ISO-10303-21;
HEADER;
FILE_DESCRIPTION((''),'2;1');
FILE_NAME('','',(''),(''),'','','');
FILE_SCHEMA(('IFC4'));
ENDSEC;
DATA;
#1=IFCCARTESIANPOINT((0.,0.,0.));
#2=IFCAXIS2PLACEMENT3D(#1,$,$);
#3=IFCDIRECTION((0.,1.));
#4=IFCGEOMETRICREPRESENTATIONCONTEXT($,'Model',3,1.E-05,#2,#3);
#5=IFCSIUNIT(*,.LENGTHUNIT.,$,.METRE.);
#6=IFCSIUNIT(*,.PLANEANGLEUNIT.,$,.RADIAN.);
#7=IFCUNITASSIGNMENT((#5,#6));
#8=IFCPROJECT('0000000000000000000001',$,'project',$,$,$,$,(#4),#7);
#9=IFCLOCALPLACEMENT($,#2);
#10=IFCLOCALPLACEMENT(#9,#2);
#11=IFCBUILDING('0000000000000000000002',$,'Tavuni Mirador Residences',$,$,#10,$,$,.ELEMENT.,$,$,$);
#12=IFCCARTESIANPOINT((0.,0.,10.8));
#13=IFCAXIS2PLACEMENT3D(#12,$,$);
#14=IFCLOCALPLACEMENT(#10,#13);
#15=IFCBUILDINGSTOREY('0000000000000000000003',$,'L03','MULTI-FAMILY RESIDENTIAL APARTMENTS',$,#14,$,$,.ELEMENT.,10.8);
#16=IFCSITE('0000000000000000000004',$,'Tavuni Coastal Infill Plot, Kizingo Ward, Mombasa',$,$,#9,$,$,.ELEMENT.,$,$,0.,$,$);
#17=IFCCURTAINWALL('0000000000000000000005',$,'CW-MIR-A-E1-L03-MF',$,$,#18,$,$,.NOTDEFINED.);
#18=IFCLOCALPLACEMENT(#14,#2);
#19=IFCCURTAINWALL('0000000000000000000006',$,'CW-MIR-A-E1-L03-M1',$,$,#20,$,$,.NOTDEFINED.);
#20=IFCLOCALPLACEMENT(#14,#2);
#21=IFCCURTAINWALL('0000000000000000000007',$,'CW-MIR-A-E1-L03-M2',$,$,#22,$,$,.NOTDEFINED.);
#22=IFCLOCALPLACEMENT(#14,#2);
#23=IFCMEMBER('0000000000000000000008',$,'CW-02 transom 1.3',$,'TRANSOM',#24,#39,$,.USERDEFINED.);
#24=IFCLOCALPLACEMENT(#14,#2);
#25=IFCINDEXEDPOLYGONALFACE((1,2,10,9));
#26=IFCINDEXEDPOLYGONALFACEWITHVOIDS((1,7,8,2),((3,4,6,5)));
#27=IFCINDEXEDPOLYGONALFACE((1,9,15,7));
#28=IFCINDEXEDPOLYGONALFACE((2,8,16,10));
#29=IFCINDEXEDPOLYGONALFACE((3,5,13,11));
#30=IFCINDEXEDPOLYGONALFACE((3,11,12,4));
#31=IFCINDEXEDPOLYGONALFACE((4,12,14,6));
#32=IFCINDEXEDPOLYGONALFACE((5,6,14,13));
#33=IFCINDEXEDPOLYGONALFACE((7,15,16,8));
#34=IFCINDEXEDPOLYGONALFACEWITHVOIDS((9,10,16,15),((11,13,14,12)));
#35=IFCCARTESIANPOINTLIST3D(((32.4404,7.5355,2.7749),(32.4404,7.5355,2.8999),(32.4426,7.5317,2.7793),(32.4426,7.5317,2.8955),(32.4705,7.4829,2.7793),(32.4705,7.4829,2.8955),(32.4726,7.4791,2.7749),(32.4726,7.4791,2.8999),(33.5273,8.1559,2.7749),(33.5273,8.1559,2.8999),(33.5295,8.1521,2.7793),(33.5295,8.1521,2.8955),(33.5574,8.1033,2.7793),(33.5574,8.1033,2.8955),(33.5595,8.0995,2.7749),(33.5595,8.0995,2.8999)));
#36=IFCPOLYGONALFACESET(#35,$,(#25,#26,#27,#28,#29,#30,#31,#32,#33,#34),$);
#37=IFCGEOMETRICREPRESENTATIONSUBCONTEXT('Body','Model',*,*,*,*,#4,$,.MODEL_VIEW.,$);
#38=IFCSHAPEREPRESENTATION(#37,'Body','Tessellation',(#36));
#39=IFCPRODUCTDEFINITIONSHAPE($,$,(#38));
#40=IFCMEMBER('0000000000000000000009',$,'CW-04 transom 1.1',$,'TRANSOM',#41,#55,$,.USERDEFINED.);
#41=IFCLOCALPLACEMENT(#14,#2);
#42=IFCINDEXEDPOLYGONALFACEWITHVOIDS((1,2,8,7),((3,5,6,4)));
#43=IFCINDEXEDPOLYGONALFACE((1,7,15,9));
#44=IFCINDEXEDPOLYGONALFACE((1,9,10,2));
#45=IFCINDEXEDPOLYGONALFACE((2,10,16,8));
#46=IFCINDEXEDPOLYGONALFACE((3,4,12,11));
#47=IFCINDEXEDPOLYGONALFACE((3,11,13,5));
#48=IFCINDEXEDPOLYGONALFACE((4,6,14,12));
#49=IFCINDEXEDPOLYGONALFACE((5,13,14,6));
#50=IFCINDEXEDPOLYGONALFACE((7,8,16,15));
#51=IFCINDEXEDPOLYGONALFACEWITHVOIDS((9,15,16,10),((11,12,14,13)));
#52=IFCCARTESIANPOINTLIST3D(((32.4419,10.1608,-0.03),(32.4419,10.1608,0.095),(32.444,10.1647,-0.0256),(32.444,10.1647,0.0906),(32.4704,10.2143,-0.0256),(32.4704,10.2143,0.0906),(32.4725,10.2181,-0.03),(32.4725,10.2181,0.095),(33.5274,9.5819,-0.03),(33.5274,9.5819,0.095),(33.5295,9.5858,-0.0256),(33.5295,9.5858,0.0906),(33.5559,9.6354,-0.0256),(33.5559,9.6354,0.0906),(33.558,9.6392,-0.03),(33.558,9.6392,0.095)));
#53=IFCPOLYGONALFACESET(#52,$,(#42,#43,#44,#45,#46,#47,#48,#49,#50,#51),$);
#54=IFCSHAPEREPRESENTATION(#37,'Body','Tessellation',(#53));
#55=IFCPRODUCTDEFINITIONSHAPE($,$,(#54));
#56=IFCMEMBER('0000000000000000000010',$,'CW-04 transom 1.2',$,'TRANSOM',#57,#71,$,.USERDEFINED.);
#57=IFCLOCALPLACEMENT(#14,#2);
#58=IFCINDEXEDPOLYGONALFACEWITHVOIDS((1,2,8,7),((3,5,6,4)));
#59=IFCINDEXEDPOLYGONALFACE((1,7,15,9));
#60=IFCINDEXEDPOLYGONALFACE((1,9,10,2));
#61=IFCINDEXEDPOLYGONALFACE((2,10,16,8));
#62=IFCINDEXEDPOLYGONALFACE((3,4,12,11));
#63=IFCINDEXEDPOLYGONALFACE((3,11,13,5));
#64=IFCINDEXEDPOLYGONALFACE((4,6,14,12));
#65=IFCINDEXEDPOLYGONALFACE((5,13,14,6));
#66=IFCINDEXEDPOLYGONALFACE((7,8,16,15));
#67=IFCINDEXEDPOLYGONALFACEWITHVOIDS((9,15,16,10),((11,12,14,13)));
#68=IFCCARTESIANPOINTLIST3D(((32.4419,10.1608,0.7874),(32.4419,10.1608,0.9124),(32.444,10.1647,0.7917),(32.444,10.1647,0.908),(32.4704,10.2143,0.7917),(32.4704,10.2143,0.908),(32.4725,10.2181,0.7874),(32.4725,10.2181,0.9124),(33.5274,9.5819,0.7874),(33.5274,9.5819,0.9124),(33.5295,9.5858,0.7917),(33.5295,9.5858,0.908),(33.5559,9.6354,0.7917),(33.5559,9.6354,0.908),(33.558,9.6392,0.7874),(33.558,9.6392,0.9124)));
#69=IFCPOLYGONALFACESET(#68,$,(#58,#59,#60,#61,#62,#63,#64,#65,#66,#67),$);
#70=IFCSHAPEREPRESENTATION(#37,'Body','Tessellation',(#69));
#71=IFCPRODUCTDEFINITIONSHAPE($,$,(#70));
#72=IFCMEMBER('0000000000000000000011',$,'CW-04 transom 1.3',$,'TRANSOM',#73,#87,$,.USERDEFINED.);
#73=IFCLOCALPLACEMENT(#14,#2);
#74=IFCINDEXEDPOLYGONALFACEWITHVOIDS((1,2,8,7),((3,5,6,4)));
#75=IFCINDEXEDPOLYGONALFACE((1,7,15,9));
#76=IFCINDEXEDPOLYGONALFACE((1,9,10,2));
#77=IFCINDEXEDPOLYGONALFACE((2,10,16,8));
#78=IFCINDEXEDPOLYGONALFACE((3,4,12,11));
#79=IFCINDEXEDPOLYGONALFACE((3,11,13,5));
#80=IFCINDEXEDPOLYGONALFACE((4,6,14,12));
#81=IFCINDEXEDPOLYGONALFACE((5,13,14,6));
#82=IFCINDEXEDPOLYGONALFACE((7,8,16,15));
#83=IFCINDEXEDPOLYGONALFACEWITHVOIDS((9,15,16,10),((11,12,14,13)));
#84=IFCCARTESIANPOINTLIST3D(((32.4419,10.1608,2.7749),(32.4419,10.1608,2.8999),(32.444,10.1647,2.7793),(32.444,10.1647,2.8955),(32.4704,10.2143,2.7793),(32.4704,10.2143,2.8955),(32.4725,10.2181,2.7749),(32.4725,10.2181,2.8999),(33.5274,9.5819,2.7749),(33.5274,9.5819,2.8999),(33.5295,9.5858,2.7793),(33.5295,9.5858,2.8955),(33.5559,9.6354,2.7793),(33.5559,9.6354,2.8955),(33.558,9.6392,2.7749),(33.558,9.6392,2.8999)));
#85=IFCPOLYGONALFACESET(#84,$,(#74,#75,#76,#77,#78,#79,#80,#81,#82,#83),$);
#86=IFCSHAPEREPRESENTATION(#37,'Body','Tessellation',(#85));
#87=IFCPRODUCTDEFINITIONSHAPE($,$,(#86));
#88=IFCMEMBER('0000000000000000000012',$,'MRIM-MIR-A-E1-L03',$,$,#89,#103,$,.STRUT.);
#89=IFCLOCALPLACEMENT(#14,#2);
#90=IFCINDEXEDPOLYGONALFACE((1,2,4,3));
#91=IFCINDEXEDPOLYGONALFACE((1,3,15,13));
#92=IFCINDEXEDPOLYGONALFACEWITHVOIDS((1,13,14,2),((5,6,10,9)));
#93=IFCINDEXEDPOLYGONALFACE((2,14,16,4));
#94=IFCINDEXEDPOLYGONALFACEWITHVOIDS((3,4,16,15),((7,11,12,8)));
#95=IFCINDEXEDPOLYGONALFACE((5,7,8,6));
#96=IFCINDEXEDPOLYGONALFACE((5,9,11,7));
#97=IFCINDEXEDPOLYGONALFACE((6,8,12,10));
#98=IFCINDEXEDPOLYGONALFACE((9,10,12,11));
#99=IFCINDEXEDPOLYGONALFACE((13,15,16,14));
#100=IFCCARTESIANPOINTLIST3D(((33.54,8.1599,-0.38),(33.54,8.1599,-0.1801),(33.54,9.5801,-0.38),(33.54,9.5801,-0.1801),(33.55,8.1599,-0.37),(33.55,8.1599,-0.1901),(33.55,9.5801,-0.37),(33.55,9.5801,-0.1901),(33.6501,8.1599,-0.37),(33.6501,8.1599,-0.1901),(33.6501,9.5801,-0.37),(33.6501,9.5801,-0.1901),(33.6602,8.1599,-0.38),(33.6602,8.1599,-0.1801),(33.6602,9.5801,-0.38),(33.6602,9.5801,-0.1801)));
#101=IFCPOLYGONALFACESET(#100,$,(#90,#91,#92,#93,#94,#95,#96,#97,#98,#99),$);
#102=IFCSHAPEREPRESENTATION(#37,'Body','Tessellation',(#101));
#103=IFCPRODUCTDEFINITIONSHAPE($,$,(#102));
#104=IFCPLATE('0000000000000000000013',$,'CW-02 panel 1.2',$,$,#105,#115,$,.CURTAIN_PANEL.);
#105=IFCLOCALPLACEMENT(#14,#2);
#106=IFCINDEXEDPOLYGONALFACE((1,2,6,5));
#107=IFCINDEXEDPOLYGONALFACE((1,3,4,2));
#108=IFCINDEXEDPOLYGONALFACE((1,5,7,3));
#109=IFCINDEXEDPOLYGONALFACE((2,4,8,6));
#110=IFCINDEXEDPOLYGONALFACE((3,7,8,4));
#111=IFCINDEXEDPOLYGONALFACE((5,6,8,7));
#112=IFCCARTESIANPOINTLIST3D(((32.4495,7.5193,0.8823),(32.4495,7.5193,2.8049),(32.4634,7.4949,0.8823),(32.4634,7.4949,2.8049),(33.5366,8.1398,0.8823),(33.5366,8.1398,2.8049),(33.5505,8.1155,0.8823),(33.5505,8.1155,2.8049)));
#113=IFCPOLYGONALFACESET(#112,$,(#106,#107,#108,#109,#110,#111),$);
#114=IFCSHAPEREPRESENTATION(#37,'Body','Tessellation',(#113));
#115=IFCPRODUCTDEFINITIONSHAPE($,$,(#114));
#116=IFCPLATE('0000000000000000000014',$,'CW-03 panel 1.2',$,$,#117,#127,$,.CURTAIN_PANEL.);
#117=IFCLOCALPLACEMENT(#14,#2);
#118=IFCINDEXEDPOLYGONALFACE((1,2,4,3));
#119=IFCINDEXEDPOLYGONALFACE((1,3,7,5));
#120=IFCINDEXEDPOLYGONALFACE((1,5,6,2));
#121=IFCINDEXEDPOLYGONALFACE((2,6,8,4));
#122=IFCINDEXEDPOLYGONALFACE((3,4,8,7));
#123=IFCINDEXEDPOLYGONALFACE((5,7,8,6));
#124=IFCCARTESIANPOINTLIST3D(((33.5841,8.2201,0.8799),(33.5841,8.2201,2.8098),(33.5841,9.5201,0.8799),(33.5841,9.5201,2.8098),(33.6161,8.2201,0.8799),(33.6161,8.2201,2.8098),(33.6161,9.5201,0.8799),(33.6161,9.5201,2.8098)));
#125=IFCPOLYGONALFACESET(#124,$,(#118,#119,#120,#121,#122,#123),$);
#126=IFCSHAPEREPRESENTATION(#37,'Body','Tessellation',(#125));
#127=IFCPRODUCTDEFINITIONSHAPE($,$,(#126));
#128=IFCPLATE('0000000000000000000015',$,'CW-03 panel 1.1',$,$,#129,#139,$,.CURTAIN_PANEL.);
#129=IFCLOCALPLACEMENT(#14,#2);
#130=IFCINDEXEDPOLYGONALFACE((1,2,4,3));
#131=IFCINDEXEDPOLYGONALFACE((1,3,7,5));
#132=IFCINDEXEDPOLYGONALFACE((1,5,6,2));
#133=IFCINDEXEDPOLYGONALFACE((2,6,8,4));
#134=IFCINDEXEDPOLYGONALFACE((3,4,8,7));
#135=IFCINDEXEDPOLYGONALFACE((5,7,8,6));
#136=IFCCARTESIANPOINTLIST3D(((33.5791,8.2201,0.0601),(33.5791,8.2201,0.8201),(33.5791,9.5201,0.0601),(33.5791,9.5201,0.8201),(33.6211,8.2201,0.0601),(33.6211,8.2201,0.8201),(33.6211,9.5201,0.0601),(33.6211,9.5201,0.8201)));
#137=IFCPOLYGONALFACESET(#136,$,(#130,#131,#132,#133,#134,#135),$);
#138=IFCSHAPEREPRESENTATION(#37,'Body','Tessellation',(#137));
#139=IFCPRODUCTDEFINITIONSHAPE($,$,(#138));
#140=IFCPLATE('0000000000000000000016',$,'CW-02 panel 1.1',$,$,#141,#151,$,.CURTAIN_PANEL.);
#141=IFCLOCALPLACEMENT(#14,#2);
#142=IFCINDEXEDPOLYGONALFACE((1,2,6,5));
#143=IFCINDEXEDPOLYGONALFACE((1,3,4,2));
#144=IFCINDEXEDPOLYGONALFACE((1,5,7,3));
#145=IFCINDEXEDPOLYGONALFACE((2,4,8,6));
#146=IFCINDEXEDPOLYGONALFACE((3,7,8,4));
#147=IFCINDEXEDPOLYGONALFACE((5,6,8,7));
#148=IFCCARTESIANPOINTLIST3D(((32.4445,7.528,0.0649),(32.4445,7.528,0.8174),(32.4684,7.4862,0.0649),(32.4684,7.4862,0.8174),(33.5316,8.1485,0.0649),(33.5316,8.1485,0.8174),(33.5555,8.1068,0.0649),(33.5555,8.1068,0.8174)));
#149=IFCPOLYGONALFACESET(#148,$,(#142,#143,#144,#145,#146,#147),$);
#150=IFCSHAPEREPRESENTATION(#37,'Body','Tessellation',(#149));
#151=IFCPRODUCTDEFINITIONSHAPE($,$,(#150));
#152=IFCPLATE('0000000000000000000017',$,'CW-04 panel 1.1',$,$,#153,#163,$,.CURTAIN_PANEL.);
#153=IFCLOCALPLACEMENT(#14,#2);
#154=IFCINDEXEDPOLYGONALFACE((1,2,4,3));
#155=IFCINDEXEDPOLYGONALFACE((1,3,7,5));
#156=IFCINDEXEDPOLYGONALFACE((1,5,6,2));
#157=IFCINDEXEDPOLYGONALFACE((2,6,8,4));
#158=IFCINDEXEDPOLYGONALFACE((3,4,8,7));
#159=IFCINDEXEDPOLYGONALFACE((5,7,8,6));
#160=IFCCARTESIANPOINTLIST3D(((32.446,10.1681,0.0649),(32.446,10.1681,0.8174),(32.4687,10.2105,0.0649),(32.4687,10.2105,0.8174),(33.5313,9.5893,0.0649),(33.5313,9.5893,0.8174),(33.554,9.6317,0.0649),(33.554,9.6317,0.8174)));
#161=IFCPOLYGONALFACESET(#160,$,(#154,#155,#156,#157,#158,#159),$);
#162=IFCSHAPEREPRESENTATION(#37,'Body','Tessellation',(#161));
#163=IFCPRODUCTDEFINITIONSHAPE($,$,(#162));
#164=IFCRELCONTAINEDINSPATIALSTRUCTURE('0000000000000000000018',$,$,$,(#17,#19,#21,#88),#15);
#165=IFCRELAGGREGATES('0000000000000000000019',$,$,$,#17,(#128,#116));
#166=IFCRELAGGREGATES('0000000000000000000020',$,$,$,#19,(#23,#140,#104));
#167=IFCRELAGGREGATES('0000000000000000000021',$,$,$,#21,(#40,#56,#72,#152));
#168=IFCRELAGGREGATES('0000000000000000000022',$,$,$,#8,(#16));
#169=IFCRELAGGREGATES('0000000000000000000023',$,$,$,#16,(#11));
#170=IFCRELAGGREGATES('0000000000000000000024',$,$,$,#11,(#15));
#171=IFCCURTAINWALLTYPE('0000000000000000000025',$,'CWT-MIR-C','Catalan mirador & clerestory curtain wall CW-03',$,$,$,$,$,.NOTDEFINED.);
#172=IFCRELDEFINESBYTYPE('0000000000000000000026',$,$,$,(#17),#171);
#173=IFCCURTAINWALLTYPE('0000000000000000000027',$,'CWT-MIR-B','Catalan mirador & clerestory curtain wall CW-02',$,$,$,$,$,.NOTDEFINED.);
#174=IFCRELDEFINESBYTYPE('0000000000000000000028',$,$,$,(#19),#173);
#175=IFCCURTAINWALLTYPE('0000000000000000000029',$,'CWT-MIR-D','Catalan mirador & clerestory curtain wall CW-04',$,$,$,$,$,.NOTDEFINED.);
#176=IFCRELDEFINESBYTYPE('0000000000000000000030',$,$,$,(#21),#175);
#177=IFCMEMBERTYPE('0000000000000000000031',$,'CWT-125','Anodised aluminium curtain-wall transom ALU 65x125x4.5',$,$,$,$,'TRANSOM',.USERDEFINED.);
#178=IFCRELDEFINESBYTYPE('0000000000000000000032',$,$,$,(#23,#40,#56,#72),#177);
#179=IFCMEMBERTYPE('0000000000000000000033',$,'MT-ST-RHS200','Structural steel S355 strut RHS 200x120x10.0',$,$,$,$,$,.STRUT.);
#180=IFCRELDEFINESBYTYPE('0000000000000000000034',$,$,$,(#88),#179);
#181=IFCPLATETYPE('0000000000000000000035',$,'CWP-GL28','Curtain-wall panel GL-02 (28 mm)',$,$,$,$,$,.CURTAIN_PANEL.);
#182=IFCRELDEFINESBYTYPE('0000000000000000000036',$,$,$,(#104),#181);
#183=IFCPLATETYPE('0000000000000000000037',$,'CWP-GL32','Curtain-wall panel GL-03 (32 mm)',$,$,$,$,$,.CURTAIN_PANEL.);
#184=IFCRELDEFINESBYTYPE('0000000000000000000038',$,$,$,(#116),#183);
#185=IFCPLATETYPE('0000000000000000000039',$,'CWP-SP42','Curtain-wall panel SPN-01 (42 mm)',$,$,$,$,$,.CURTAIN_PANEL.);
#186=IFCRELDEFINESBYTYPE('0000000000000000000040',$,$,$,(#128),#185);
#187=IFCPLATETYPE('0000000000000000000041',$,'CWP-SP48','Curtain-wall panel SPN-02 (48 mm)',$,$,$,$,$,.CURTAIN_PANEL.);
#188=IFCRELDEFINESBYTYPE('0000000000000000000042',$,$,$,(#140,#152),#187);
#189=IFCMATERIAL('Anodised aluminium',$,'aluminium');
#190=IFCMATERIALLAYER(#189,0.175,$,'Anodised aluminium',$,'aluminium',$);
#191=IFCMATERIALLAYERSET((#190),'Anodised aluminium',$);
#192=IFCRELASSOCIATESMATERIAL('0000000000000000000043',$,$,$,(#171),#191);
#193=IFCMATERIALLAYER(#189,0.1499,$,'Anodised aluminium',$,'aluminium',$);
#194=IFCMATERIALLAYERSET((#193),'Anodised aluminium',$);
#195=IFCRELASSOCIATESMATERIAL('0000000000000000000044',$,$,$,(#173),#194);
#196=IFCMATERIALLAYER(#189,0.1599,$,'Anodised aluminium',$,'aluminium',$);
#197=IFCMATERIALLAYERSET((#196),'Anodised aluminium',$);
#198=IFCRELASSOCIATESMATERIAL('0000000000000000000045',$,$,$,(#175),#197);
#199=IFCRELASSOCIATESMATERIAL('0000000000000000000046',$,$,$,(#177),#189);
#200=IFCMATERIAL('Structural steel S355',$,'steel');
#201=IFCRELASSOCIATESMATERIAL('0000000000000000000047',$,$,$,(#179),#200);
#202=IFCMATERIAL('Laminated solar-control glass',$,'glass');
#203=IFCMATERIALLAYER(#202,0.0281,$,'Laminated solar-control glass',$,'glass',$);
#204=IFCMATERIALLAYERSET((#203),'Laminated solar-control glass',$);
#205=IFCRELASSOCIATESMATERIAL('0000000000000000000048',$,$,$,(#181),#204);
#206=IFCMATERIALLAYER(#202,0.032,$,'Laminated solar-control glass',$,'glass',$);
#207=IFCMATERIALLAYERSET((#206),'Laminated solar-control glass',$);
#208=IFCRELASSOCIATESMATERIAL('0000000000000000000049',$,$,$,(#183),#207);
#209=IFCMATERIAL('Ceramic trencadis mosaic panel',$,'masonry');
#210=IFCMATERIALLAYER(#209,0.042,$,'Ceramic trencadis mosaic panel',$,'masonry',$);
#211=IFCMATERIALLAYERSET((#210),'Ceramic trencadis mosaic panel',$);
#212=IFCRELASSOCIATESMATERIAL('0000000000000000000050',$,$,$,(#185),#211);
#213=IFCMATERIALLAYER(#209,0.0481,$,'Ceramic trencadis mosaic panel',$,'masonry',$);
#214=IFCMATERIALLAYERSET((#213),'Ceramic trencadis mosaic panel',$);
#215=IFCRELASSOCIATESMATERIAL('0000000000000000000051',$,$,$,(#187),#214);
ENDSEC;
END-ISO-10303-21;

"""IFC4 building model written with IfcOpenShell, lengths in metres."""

from ifc_helpers import new_model, si_unit, direction, frame, origin, origin_2d, place, context, subcontext, project, spatial, rectangle, hollow_rectangle, extrude, material, layer, layer_set, material_profile, profile_set, type_object, element, aggregate, save


model = new_model("IFC4")

# Units and contexts
model_context = context("Model", 3, precision=1e-05, world=origin(), true_north=direction((0.0, 1.0)))
body_context = subcontext(model_context, "Body", "Model", "MODEL_VIEW")
ifc_project = project(units=[si_unit("LENGTHUNIT", "METRE"), si_unit("PLANEANGLEUNIT", "RADIAN")], contexts=[model_context])

# Site, building, storey
site_placement = place(None, origin())
site = spatial("IfcSite", under=ifc_project, at=site_placement, Name="Tavuni Coastal Infill Plot, Kizingo Ward, Mombasa", CompositionType="ELEMENT", RefElevation=0.0)
building_placement = place(site_placement, origin())
building = spatial("IfcBuilding", under=site, at=building_placement, Name="Tavuni Mirador Residences", CompositionType="ELEMENT")
storey_placement = place(building_placement, frame((0.0, 0.0, 10.8)))
storey = spatial("IfcBuildingStorey", under=building, at=storey_placement, Name="L03", Description="MULTI-FAMILY RESIDENTIAL APARTMENTS", CompositionType="ELEMENT", Elevation=10.8)

# Curtain walls
ifc_material_1 = material(Name="Anodised aluminium", Category="aluminium")
ifc_layer_1 = layer(ifc_material_1, 0.175, Name="Anodised aluminium", Category="aluminium")
ifc_layer_set_1 = layer_set([ifc_layer_1], Name="Anodised aluminium")
curtain_wall_type_1 = type_object("IfcCurtainWallType", Name="CWT-MIR-C", Description="Catalan mirador & clerestory curtain wall CW-03", PredefinedType="NOTDEFINED", material=ifc_layer_set_1)
curtain_wall_1_placement = place(storey_placement, origin())
curtain_wall_1 = element("IfcCurtainWall", 1, at=curtain_wall_1_placement, inside=storey, type_object=curtain_wall_type_1, Name="CW-MIR-A-E1-L03-MF", PredefinedType="NOTDEFINED")
ifc_layer_2 = layer(ifc_material_1, 0.1499, Name="Anodised aluminium", Category="aluminium")
ifc_layer_set_2 = layer_set([ifc_layer_2], Name="Anodised aluminium")
curtain_wall_type_2 = type_object("IfcCurtainWallType", Name="CWT-MIR-B", Description="Catalan mirador & clerestory curtain wall CW-02", PredefinedType="NOTDEFINED", material=ifc_layer_set_2)
curtain_wall_2_placement = place(storey_placement, origin())
curtain_wall_2 = element("IfcCurtainWall", 2, at=curtain_wall_2_placement, inside=storey, type_object=curtain_wall_type_2, Name="CW-MIR-A-E1-L03-M1", PredefinedType="NOTDEFINED")

# Curtain wall
ifc_layer_3 = layer(ifc_material_1, 0.1599, Name="Anodised aluminium", Category="aluminium")
ifc_layer_set_3 = layer_set([ifc_layer_3], Name="Anodised aluminium")
curtain_wall_type_3 = type_object("IfcCurtainWallType", Name="CWT-MIR-D", Description="Catalan mirador & clerestory curtain wall CW-04", PredefinedType="NOTDEFINED", material=ifc_layer_set_3)
curtain_wall_3_placement = place(storey_placement, origin())
curtain_wall_3 = element("IfcCurtainWall", 3, at=curtain_wall_3_placement, inside=storey, type_object=curtain_wall_type_3, Name="CW-MIR-A-E1-L03-M2", PredefinedType="NOTDEFINED")

# Members
ifc_material_profile_1 = material_profile(ifc_material_1, hollow_rectangle(XDim=0.0649, YDim=0.125, WallThickness=0.0044, at=origin_2d()), Name="ALU 65x125x4.5", Category="aluminium")
ifc_profile_set_1 = profile_set([ifc_material_profile_1], Name="Anodised aluminium")
member_type_1 = type_object("IfcMemberType", Name="CWT-125", Description="Anodised aluminium curtain-wall transom ALU 65x125x4.5", ElementType="TRANSOM", PredefinedType="USERDEFINED", material=ifc_profile_set_1)
member_1_placement = place(storey_placement, frame((32.4565, 7.5073, 2.8374), z_axis=(0.868495, 0.495698, 0.0), x_axis=(-0.495698, 0.868495, 0.0)))
member_1 = element("IfcMember", 4, at=member_1_placement, type_object=member_type_1, Name="CW-02 transom 1.3", ObjectType="TRANSOM", PredefinedType="USERDEFINED", context=body_context, shape_type="SweptSolid", body=[
    extrude(hollow_rectangle(XDim=0.0649, YDim=0.125, WallThickness=0.0044, at=origin_2d()), origin(), (0.0, 0.0, 1.0), 1.2515),
])
member_2_placement = place(storey_placement, frame((33.5427, 9.6106, 0.0325), z_axis=(-0.882369, 0.470557, 0.0), x_axis=(-0.470557, -0.882369, 0.0)))
member_2 = element("IfcMember", 5, at=member_2_placement, type_object=member_type_1, Name="CW-04 transom 1.1", ObjectType="TRANSOM", PredefinedType="USERDEFINED", context=body_context, shape_type="SweptSolid", body=[
    extrude(hollow_rectangle(XDim=0.0649, YDim=0.125, WallThickness=0.0044, at=origin_2d()), origin(), (0.0, 0.0, 1.0), 1.2302),
])
member_3_placement = place(storey_placement, frame((33.5427, 9.6106, 0.8499), z_axis=(-0.882369, 0.470557, 0.0), x_axis=(-0.470557, -0.882369, 0.0)))
member_3 = element("IfcMember", 6, at=member_3_placement, type_object=member_type_1, Name="CW-04 transom 1.2", ObjectType="TRANSOM", PredefinedType="USERDEFINED", context=body_context, shape_type="SweptSolid", body=[
    extrude(hollow_rectangle(XDim=0.0649, YDim=0.125, WallThickness=0.0044, at=origin_2d()), origin(), (0.0, 0.0, 1.0), 1.2302),
])
member_4_placement = place(storey_placement, frame((33.5427, 9.6106, 2.8374), z_axis=(-0.882369, 0.470557, 0.0), x_axis=(-0.470557, -0.882369, 0.0)))
member_4 = element("IfcMember", 7, at=member_4_placement, type_object=member_type_1, Name="CW-04 transom 1.3", ObjectType="TRANSOM", PredefinedType="USERDEFINED", context=body_context, shape_type="SweptSolid", body=[
    extrude(hollow_rectangle(XDim=0.0649, YDim=0.125, WallThickness=0.0044, at=origin_2d()), origin(), (0.0, 0.0, 1.0), 1.2302),
])
ifc_material_2 = material(Name="Structural steel S355", Category="steel")
ifc_material_profile_2 = material_profile(ifc_material_2, hollow_rectangle(XDim=0.1201, YDim=0.2, WallThickness=0.01, at=origin_2d()), Name="RHS 200x120x10.0", Category="steel")
ifc_profile_set_2 = profile_set([ifc_material_profile_2], Name="Structural steel S355")
member_type_2 = type_object("IfcMemberType", Name="MT-ST-RHS200", Description="Structural steel S355 strut RHS 200x120x10.0", PredefinedType="STRUT", material=ifc_profile_set_2)
member_5_placement = place(storey_placement, frame((33.6001, 8.1599, -0.28), z_axis=(0.0, 1.0, 0.0), x_axis=(-1.0, 0.0, 0.0)))
element("IfcMember", 8, at=member_5_placement, inside=storey, type_object=member_type_2, Name="MRIM-MIR-A-E1-L03", PredefinedType="STRUT", context=body_context, shape_type="SweptSolid", body=[
    extrude(hollow_rectangle(XDim=0.1201, YDim=0.2, WallThickness=0.01, at=origin_2d()), origin(), (0.0, 0.0, 1.0), 1.4202),
])

# Plates
ifc_material_3 = material(Name="Laminated solar-control glass", Category="glass")
ifc_layer_4 = layer(ifc_material_3, 0.0281, Name="Laminated solar-control glass", Category="glass")
ifc_layer_set_4 = layer_set([ifc_layer_4], Name="Laminated solar-control glass")
plate_type_1 = type_object("IfcPlateType", Name="CWP-GL28", Description="Curtain-wall panel GL-02 (28 mm)", PredefinedType="CURTAIN_PANEL", material=ifc_layer_set_4)
plate_1_placement = place(storey_placement, frame((33.0, 7.8174, 0.8823), z_axis=(0.0, 0.0, 1.0), x_axis=(0.868466, 0.495749, 0.0)))
plate_1 = element("IfcPlate", 9, at=plate_1_placement, type_object=plate_type_1, Name="CW-02 panel 1.2", PredefinedType="CURTAIN_PANEL", context=body_context, shape_type="SweptSolid", body=[
    extrude(rectangle(XDim=1.2517, YDim=0.0281, at=origin_2d()), origin(), (0.0, 0.0, 1.0), 1.9226),
])
ifc_layer_5 = layer(ifc_material_3, 0.032, Name="Laminated solar-control glass", Category="glass")
ifc_layer_set_5 = layer_set([ifc_layer_5], Name="Laminated solar-control glass")
plate_type_2 = type_object("IfcPlateType", Name="CWP-GL32", Description="Curtain-wall panel GL-03 (32 mm)", PredefinedType="CURTAIN_PANEL", material=ifc_layer_set_5)
plate_2_placement = place(storey_placement, frame((33.6001, 8.8701, 0.8799), z_axis=(0.0, 0.0, 1.0), x_axis=(0.0, 1.0, 0.0)))
plate_2 = element("IfcPlate", 10, at=plate_2_placement, type_object=plate_type_2, Name="CW-03 panel 1.2", PredefinedType="CURTAIN_PANEL", context=body_context, shape_type="SweptSolid", body=[
    extrude(rectangle(XDim=1.3, YDim=0.032, at=origin_2d()), origin(), (0.0, 0.0, 1.0), 1.9299),
])
ifc_material_4 = material(Name="Ceramic trencadis mosaic panel", Category="masonry")
ifc_layer_6 = layer(ifc_material_4, 0.042, Name="Ceramic trencadis mosaic panel", Category="masonry")
ifc_layer_set_6 = layer_set([ifc_layer_6], Name="Ceramic trencadis mosaic panel")
plate_type_3 = type_object("IfcPlateType", Name="CWP-SP42", Description="Curtain-wall panel SPN-01 (42 mm)", PredefinedType="CURTAIN_PANEL", material=ifc_layer_set_6)
plate_3_placement = place(storey_placement, frame((33.6001, 8.8701, 0.0601), z_axis=(0.0, 0.0, 1.0), x_axis=(0.0, 1.0, 0.0)))
plate_3 = element("IfcPlate", 11, at=plate_3_placement, type_object=plate_type_3, Name="CW-03 panel 1.1", PredefinedType="CURTAIN_PANEL", context=body_context, shape_type="SweptSolid", body=[
    extrude(rectangle(XDim=1.3, YDim=0.042, at=origin_2d()), origin(), (0.0, 0.0, 1.0), 0.76),
])
aggregate(curtain_wall_1, [plate_3, plate_2])
ifc_layer_7 = layer(ifc_material_4, 0.0481, Name="Ceramic trencadis mosaic panel", Category="masonry")
ifc_layer_set_7 = layer_set([ifc_layer_7], Name="Ceramic trencadis mosaic panel")
plate_type_4 = type_object("IfcPlateType", Name="CWP-SP48", Description="Curtain-wall panel SPN-02 (48 mm)", PredefinedType="CURTAIN_PANEL", material=ifc_layer_set_7)
plate_4_placement = place(storey_placement, frame((33.0, 7.8174, 0.0649), z_axis=(0.0, 0.0, 1.0), x_axis=(0.868466, 0.495749, 0.0)))
plate_4 = element("IfcPlate", 12, at=plate_4_placement, type_object=plate_type_4, Name="CW-02 panel 1.1", PredefinedType="CURTAIN_PANEL", context=body_context, shape_type="SweptSolid", body=[
    extrude(rectangle(XDim=1.2517, YDim=0.0481, at=origin_2d()), origin(), (0.0, 0.0, 1.0), 0.7524),
])
aggregate(curtain_wall_2, [member_1, plate_4, plate_1])
plate_5_placement = place(storey_placement, frame((33.0, 9.8999, 0.0649), z_axis=(0.0, 0.0, 1.0), x_axis=(-0.882353, 0.470588, 0.0)))
plate_5 = element("IfcPlate", 13, at=plate_5_placement, type_object=plate_type_4, Name="CW-04 panel 1.1", PredefinedType="CURTAIN_PANEL", context=body_context, shape_type="SweptSolid", body=[
    extrude(rectangle(XDim=1.23, YDim=0.0481, at=origin_2d()), origin(), (0.0, 0.0, 1.0), 0.7524),
])
aggregate(curtain_wall_3, [member_2, member_3, member_4, plate_5])

save(model, "model.ifc")
